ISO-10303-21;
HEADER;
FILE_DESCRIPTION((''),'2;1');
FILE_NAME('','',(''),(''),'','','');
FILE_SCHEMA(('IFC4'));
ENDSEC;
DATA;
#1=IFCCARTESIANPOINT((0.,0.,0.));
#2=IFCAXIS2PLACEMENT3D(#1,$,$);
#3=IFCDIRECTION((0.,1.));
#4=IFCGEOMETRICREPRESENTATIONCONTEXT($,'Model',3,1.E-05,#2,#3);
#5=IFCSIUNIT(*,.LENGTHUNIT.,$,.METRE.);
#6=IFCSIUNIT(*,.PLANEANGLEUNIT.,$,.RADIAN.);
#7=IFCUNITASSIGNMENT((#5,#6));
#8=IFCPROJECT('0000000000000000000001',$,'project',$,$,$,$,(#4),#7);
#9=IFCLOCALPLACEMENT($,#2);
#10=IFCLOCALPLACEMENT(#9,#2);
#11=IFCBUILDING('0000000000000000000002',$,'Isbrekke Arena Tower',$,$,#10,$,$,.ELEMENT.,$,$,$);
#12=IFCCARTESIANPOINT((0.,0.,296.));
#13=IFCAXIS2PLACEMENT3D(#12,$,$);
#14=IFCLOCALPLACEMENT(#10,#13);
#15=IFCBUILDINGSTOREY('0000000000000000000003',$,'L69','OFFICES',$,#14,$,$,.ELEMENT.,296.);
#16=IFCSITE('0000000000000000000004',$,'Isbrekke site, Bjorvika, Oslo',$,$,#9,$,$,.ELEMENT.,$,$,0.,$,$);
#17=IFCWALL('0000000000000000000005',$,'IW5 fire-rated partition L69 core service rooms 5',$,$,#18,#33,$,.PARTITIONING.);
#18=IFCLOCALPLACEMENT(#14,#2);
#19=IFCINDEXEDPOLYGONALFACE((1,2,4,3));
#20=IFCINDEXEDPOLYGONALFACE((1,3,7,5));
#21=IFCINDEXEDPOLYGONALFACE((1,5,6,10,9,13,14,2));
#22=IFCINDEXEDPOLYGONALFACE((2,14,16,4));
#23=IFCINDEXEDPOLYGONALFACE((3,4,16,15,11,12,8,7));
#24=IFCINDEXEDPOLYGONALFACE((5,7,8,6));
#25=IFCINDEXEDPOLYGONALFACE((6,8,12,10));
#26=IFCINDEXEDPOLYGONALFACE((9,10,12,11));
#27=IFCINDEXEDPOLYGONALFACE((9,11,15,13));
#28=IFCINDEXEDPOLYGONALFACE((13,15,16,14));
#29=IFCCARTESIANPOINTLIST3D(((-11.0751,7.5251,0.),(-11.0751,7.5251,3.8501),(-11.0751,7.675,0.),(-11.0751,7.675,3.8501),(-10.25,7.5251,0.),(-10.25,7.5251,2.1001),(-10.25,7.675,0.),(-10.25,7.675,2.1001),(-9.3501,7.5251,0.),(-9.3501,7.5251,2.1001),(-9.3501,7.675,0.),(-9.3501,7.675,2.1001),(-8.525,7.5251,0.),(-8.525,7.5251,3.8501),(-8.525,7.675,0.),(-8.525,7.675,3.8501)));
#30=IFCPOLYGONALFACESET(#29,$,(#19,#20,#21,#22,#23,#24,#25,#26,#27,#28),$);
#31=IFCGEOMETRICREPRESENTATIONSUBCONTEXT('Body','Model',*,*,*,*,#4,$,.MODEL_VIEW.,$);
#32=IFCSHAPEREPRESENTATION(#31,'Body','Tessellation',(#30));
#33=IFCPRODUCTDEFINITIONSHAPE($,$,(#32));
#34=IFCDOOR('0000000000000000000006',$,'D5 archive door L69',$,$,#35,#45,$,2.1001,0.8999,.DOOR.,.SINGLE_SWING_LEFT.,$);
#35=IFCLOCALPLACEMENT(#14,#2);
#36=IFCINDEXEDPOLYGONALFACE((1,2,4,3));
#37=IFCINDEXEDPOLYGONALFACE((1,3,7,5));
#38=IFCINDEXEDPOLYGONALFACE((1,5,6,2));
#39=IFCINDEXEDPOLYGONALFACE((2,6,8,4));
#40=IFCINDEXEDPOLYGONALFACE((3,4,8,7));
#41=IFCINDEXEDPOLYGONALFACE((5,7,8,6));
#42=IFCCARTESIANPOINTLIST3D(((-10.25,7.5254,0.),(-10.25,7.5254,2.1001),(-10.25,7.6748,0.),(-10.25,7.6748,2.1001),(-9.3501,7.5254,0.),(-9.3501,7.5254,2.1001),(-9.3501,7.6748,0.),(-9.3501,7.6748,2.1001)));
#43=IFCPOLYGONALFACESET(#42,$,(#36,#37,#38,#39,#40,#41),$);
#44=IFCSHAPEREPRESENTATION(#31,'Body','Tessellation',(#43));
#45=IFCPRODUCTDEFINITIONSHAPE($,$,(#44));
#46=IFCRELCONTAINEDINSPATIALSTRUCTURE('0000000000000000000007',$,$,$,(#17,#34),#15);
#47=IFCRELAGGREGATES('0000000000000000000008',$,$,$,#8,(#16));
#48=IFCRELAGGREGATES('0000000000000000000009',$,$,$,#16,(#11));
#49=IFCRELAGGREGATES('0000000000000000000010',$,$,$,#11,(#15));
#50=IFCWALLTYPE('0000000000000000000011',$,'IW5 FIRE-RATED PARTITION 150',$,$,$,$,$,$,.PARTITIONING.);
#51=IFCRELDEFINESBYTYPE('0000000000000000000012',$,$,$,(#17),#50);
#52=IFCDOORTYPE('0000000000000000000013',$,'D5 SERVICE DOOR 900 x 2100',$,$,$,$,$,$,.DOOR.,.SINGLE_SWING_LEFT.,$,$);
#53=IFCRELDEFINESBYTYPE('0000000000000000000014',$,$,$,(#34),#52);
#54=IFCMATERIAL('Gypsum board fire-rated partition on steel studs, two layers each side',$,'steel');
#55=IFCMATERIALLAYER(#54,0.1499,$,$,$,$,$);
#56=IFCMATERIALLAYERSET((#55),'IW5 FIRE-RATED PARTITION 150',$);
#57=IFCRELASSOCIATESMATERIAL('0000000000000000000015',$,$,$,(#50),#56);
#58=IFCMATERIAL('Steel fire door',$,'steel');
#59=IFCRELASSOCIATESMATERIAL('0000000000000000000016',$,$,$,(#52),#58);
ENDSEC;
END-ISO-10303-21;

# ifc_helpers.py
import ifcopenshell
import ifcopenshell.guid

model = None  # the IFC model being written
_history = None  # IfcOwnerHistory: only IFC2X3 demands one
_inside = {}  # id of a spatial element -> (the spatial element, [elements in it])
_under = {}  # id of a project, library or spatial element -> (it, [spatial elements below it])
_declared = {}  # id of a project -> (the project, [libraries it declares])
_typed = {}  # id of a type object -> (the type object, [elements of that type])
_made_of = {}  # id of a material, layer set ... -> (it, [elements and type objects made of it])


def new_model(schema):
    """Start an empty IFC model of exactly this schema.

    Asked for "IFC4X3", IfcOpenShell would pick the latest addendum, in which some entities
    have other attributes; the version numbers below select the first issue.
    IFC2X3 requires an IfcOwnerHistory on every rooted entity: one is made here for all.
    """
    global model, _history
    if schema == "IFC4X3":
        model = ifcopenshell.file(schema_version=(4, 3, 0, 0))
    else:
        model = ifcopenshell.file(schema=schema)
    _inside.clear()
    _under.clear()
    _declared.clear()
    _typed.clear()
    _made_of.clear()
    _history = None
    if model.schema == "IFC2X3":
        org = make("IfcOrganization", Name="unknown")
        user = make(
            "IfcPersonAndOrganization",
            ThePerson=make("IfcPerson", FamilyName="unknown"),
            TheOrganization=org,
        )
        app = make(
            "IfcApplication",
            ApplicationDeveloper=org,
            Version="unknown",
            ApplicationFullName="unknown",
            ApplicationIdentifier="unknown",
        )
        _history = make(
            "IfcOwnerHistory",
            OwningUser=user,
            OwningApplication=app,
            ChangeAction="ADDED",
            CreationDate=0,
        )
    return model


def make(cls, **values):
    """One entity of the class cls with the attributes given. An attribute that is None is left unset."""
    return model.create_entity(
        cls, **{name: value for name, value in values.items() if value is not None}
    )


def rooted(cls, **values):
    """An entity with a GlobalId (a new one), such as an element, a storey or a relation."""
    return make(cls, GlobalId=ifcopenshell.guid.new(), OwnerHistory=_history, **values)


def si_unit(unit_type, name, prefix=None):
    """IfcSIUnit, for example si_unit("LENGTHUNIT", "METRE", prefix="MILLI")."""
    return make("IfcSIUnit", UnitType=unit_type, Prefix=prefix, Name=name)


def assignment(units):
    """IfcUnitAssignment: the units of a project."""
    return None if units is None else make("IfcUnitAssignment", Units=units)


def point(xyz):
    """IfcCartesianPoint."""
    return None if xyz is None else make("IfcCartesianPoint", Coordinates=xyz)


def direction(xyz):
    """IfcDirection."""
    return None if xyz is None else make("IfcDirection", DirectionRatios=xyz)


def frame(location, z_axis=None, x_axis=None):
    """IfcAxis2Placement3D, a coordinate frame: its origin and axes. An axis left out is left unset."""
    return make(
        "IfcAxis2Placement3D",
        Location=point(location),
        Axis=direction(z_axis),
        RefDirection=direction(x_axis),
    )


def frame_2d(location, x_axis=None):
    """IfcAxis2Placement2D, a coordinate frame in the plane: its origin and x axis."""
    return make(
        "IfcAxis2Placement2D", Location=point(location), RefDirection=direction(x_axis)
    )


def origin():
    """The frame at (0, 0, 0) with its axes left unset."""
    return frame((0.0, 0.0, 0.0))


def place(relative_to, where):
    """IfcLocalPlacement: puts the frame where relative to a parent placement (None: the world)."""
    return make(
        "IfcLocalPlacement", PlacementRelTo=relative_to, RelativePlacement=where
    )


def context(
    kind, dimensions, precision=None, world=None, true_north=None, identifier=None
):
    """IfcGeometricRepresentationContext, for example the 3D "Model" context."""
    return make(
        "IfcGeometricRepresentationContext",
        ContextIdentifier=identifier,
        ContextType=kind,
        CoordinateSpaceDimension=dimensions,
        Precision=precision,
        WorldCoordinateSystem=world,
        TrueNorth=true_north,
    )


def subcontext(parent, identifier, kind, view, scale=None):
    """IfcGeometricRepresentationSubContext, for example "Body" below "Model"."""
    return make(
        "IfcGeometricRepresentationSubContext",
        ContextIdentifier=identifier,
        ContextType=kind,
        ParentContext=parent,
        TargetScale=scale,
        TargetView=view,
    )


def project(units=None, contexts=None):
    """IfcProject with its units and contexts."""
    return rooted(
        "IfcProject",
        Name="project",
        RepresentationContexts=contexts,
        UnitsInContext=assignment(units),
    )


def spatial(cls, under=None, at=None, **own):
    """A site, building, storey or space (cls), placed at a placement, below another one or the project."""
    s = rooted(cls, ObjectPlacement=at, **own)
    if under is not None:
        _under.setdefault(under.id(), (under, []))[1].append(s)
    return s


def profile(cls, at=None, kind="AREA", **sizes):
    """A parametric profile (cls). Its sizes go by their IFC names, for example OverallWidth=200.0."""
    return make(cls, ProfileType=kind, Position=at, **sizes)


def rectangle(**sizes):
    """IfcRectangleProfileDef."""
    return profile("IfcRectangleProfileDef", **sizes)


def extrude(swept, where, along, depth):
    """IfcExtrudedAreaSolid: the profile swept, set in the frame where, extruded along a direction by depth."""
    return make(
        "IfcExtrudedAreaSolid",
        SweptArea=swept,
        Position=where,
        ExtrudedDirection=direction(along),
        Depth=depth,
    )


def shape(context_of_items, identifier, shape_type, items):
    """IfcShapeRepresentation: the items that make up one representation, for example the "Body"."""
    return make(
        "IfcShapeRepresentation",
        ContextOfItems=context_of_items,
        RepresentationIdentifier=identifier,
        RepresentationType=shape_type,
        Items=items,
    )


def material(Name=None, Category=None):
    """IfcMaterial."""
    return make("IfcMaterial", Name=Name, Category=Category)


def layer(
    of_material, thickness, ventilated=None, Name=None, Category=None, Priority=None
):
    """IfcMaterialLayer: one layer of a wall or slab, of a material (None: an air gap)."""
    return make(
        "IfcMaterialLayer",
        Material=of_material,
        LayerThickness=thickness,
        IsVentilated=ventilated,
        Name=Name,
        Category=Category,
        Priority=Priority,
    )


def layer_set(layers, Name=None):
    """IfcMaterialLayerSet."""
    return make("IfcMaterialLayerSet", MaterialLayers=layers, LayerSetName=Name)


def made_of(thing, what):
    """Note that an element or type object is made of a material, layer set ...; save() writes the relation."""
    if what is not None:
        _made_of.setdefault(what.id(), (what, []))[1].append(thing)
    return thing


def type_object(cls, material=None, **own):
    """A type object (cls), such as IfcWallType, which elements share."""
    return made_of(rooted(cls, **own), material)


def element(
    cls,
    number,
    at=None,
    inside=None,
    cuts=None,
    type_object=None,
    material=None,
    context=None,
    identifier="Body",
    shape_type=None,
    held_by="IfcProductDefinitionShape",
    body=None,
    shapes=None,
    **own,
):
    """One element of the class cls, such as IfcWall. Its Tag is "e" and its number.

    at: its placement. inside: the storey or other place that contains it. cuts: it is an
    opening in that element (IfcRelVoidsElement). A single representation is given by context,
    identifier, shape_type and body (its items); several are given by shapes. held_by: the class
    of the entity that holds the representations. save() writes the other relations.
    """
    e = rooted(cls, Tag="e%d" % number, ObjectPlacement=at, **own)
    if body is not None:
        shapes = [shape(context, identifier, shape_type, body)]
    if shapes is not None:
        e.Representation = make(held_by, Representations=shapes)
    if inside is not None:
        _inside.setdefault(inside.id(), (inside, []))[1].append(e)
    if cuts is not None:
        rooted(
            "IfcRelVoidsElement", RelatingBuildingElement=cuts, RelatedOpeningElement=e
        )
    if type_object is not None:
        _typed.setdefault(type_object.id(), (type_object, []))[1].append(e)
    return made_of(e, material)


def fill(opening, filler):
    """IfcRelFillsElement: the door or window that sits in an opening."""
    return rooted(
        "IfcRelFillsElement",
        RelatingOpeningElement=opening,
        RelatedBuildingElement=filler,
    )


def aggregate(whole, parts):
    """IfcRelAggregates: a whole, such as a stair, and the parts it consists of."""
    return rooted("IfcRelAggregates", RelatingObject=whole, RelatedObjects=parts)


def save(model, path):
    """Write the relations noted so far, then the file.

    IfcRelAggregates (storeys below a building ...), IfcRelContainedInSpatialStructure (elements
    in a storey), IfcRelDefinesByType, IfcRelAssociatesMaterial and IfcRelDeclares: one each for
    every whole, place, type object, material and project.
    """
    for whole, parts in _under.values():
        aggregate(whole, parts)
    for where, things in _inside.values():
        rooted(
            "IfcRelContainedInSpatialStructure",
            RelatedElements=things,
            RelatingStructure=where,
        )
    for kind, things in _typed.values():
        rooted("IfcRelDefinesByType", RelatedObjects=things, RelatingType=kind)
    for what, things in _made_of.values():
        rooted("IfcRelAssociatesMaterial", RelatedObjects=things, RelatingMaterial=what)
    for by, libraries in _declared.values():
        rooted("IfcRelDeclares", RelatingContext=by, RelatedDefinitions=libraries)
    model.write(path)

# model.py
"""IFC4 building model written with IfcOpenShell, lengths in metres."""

from ifc_helpers import new_model, si_unit, direction, frame, frame_2d, origin, place, context, subcontext, project, spatial, rectangle, extrude, material, layer, layer_set, type_object, element, fill, save


model = new_model("IFC4")

# Units and contexts
model_context = context("Model", 3, precision=1e-05, world=origin(), true_north=direction((0.0, 1.0)))
body_context = subcontext(model_context, "Body", "Model", "MODEL_VIEW")
ifc_project = project(units=[si_unit("LENGTHUNIT", "METRE"), si_unit("PLANEANGLEUNIT", "RADIAN")], contexts=[model_context])

# Site, building, storey
site_placement = place(None, origin())
site = spatial("IfcSite", under=ifc_project, at=site_placement, Name="Isbrekke site, Bjorvika, Oslo", CompositionType="ELEMENT", RefElevation=0.0)
building_placement = place(site_placement, origin())
building = spatial("IfcBuilding", under=site, at=building_placement, Name="Isbrekke Arena Tower", CompositionType="ELEMENT")
storey_placement = place(building_placement, frame((0.0, 0.0, 296.0)))
storey = spatial("IfcBuildingStorey", under=building, at=storey_placement, Name="L69", Description="OFFICES", CompositionType="ELEMENT", Elevation=296.0)

# Wall, opening, door
ifc_material_1 = material(Name="Gypsum board fire-rated partition on steel studs, two layers each side", Category="steel")
ifc_layer_1 = layer(ifc_material_1, 0.1499)
ifc_layer_set_1 = layer_set([ifc_layer_1], Name="IW5 FIRE-RATED PARTITION 150")
wall_type_1 = type_object("IfcWallType", Name="IW5 FIRE-RATED PARTITION 150", PredefinedType="PARTITIONING", material=ifc_layer_set_1)
wall_1_placement = place(storey_placement, frame((-11.075, 7.6001, 0.0), z_axis=(0.0, 0.0, 1.0), x_axis=(1.0, 0.0, 0.0)))
wall_1 = element("IfcWall", 1, at=wall_1_placement, inside=storey, type_object=wall_type_1, Name="IW5 fire-rated partition L69 core service rooms 5", PredefinedType="PARTITIONING", context=body_context, shape_type="SweptSolid", body=[
    extrude(rectangle(XDim=2.55, YDim=0.1499, at=frame_2d((1.2749, 0.0))), origin(), (0.0, 0.0, 1.0), 3.8501),
])
opening_1_placement = place(wall_1_placement, frame((0.825, 0.0, 0.0)))
opening_1 = element("IfcOpeningElement", 2, at=opening_1_placement, cuts=wall_1, PredefinedType="OPENING", context=body_context, shape_type="SweptSolid", body=[
    extrude(rectangle(XDim=0.8999, YDim=2.1001, at=frame_2d((0.45, 1.05))), frame((0.0, 0.0898, 0.0), z_axis=(0.0, -1.0, 0.0), x_axis=(1.0, 0.0, 0.0)), (0.0, 0.0, 1.0), 0.1797),
])
ifc_material_2 = material(Name="Steel fire door", Category="steel")
door_type_1 = type_object("IfcDoorType", Name="D5 SERVICE DOOR 900 x 2100", OperationType="SINGLE_SWING_LEFT", PredefinedType="DOOR", material=ifc_material_2)
door_1_placement = place(opening_1_placement, origin())
door_1 = element("IfcDoor", 3, at=door_1_placement, inside=storey, type_object=door_type_1, Name="D5 archive door L69", OperationType="SINGLE_SWING_LEFT", OverallHeight=2.1001, OverallWidth=0.8999, PredefinedType="DOOR", context=body_context, shape_type="SweptSolid", body=[
    extrude(rectangle(XDim=0.8999, YDim=2.1001, at=frame_2d((0.45, 1.05))), frame((0.0, 0.0747, 0.0), z_axis=(0.0, -1.0, 0.0), x_axis=(1.0, 0.0, 0.0)), (0.0, 0.0, 1.0), 0.1494),
])
fill(opening_1, door_1)

save(model, "model.ifc")
